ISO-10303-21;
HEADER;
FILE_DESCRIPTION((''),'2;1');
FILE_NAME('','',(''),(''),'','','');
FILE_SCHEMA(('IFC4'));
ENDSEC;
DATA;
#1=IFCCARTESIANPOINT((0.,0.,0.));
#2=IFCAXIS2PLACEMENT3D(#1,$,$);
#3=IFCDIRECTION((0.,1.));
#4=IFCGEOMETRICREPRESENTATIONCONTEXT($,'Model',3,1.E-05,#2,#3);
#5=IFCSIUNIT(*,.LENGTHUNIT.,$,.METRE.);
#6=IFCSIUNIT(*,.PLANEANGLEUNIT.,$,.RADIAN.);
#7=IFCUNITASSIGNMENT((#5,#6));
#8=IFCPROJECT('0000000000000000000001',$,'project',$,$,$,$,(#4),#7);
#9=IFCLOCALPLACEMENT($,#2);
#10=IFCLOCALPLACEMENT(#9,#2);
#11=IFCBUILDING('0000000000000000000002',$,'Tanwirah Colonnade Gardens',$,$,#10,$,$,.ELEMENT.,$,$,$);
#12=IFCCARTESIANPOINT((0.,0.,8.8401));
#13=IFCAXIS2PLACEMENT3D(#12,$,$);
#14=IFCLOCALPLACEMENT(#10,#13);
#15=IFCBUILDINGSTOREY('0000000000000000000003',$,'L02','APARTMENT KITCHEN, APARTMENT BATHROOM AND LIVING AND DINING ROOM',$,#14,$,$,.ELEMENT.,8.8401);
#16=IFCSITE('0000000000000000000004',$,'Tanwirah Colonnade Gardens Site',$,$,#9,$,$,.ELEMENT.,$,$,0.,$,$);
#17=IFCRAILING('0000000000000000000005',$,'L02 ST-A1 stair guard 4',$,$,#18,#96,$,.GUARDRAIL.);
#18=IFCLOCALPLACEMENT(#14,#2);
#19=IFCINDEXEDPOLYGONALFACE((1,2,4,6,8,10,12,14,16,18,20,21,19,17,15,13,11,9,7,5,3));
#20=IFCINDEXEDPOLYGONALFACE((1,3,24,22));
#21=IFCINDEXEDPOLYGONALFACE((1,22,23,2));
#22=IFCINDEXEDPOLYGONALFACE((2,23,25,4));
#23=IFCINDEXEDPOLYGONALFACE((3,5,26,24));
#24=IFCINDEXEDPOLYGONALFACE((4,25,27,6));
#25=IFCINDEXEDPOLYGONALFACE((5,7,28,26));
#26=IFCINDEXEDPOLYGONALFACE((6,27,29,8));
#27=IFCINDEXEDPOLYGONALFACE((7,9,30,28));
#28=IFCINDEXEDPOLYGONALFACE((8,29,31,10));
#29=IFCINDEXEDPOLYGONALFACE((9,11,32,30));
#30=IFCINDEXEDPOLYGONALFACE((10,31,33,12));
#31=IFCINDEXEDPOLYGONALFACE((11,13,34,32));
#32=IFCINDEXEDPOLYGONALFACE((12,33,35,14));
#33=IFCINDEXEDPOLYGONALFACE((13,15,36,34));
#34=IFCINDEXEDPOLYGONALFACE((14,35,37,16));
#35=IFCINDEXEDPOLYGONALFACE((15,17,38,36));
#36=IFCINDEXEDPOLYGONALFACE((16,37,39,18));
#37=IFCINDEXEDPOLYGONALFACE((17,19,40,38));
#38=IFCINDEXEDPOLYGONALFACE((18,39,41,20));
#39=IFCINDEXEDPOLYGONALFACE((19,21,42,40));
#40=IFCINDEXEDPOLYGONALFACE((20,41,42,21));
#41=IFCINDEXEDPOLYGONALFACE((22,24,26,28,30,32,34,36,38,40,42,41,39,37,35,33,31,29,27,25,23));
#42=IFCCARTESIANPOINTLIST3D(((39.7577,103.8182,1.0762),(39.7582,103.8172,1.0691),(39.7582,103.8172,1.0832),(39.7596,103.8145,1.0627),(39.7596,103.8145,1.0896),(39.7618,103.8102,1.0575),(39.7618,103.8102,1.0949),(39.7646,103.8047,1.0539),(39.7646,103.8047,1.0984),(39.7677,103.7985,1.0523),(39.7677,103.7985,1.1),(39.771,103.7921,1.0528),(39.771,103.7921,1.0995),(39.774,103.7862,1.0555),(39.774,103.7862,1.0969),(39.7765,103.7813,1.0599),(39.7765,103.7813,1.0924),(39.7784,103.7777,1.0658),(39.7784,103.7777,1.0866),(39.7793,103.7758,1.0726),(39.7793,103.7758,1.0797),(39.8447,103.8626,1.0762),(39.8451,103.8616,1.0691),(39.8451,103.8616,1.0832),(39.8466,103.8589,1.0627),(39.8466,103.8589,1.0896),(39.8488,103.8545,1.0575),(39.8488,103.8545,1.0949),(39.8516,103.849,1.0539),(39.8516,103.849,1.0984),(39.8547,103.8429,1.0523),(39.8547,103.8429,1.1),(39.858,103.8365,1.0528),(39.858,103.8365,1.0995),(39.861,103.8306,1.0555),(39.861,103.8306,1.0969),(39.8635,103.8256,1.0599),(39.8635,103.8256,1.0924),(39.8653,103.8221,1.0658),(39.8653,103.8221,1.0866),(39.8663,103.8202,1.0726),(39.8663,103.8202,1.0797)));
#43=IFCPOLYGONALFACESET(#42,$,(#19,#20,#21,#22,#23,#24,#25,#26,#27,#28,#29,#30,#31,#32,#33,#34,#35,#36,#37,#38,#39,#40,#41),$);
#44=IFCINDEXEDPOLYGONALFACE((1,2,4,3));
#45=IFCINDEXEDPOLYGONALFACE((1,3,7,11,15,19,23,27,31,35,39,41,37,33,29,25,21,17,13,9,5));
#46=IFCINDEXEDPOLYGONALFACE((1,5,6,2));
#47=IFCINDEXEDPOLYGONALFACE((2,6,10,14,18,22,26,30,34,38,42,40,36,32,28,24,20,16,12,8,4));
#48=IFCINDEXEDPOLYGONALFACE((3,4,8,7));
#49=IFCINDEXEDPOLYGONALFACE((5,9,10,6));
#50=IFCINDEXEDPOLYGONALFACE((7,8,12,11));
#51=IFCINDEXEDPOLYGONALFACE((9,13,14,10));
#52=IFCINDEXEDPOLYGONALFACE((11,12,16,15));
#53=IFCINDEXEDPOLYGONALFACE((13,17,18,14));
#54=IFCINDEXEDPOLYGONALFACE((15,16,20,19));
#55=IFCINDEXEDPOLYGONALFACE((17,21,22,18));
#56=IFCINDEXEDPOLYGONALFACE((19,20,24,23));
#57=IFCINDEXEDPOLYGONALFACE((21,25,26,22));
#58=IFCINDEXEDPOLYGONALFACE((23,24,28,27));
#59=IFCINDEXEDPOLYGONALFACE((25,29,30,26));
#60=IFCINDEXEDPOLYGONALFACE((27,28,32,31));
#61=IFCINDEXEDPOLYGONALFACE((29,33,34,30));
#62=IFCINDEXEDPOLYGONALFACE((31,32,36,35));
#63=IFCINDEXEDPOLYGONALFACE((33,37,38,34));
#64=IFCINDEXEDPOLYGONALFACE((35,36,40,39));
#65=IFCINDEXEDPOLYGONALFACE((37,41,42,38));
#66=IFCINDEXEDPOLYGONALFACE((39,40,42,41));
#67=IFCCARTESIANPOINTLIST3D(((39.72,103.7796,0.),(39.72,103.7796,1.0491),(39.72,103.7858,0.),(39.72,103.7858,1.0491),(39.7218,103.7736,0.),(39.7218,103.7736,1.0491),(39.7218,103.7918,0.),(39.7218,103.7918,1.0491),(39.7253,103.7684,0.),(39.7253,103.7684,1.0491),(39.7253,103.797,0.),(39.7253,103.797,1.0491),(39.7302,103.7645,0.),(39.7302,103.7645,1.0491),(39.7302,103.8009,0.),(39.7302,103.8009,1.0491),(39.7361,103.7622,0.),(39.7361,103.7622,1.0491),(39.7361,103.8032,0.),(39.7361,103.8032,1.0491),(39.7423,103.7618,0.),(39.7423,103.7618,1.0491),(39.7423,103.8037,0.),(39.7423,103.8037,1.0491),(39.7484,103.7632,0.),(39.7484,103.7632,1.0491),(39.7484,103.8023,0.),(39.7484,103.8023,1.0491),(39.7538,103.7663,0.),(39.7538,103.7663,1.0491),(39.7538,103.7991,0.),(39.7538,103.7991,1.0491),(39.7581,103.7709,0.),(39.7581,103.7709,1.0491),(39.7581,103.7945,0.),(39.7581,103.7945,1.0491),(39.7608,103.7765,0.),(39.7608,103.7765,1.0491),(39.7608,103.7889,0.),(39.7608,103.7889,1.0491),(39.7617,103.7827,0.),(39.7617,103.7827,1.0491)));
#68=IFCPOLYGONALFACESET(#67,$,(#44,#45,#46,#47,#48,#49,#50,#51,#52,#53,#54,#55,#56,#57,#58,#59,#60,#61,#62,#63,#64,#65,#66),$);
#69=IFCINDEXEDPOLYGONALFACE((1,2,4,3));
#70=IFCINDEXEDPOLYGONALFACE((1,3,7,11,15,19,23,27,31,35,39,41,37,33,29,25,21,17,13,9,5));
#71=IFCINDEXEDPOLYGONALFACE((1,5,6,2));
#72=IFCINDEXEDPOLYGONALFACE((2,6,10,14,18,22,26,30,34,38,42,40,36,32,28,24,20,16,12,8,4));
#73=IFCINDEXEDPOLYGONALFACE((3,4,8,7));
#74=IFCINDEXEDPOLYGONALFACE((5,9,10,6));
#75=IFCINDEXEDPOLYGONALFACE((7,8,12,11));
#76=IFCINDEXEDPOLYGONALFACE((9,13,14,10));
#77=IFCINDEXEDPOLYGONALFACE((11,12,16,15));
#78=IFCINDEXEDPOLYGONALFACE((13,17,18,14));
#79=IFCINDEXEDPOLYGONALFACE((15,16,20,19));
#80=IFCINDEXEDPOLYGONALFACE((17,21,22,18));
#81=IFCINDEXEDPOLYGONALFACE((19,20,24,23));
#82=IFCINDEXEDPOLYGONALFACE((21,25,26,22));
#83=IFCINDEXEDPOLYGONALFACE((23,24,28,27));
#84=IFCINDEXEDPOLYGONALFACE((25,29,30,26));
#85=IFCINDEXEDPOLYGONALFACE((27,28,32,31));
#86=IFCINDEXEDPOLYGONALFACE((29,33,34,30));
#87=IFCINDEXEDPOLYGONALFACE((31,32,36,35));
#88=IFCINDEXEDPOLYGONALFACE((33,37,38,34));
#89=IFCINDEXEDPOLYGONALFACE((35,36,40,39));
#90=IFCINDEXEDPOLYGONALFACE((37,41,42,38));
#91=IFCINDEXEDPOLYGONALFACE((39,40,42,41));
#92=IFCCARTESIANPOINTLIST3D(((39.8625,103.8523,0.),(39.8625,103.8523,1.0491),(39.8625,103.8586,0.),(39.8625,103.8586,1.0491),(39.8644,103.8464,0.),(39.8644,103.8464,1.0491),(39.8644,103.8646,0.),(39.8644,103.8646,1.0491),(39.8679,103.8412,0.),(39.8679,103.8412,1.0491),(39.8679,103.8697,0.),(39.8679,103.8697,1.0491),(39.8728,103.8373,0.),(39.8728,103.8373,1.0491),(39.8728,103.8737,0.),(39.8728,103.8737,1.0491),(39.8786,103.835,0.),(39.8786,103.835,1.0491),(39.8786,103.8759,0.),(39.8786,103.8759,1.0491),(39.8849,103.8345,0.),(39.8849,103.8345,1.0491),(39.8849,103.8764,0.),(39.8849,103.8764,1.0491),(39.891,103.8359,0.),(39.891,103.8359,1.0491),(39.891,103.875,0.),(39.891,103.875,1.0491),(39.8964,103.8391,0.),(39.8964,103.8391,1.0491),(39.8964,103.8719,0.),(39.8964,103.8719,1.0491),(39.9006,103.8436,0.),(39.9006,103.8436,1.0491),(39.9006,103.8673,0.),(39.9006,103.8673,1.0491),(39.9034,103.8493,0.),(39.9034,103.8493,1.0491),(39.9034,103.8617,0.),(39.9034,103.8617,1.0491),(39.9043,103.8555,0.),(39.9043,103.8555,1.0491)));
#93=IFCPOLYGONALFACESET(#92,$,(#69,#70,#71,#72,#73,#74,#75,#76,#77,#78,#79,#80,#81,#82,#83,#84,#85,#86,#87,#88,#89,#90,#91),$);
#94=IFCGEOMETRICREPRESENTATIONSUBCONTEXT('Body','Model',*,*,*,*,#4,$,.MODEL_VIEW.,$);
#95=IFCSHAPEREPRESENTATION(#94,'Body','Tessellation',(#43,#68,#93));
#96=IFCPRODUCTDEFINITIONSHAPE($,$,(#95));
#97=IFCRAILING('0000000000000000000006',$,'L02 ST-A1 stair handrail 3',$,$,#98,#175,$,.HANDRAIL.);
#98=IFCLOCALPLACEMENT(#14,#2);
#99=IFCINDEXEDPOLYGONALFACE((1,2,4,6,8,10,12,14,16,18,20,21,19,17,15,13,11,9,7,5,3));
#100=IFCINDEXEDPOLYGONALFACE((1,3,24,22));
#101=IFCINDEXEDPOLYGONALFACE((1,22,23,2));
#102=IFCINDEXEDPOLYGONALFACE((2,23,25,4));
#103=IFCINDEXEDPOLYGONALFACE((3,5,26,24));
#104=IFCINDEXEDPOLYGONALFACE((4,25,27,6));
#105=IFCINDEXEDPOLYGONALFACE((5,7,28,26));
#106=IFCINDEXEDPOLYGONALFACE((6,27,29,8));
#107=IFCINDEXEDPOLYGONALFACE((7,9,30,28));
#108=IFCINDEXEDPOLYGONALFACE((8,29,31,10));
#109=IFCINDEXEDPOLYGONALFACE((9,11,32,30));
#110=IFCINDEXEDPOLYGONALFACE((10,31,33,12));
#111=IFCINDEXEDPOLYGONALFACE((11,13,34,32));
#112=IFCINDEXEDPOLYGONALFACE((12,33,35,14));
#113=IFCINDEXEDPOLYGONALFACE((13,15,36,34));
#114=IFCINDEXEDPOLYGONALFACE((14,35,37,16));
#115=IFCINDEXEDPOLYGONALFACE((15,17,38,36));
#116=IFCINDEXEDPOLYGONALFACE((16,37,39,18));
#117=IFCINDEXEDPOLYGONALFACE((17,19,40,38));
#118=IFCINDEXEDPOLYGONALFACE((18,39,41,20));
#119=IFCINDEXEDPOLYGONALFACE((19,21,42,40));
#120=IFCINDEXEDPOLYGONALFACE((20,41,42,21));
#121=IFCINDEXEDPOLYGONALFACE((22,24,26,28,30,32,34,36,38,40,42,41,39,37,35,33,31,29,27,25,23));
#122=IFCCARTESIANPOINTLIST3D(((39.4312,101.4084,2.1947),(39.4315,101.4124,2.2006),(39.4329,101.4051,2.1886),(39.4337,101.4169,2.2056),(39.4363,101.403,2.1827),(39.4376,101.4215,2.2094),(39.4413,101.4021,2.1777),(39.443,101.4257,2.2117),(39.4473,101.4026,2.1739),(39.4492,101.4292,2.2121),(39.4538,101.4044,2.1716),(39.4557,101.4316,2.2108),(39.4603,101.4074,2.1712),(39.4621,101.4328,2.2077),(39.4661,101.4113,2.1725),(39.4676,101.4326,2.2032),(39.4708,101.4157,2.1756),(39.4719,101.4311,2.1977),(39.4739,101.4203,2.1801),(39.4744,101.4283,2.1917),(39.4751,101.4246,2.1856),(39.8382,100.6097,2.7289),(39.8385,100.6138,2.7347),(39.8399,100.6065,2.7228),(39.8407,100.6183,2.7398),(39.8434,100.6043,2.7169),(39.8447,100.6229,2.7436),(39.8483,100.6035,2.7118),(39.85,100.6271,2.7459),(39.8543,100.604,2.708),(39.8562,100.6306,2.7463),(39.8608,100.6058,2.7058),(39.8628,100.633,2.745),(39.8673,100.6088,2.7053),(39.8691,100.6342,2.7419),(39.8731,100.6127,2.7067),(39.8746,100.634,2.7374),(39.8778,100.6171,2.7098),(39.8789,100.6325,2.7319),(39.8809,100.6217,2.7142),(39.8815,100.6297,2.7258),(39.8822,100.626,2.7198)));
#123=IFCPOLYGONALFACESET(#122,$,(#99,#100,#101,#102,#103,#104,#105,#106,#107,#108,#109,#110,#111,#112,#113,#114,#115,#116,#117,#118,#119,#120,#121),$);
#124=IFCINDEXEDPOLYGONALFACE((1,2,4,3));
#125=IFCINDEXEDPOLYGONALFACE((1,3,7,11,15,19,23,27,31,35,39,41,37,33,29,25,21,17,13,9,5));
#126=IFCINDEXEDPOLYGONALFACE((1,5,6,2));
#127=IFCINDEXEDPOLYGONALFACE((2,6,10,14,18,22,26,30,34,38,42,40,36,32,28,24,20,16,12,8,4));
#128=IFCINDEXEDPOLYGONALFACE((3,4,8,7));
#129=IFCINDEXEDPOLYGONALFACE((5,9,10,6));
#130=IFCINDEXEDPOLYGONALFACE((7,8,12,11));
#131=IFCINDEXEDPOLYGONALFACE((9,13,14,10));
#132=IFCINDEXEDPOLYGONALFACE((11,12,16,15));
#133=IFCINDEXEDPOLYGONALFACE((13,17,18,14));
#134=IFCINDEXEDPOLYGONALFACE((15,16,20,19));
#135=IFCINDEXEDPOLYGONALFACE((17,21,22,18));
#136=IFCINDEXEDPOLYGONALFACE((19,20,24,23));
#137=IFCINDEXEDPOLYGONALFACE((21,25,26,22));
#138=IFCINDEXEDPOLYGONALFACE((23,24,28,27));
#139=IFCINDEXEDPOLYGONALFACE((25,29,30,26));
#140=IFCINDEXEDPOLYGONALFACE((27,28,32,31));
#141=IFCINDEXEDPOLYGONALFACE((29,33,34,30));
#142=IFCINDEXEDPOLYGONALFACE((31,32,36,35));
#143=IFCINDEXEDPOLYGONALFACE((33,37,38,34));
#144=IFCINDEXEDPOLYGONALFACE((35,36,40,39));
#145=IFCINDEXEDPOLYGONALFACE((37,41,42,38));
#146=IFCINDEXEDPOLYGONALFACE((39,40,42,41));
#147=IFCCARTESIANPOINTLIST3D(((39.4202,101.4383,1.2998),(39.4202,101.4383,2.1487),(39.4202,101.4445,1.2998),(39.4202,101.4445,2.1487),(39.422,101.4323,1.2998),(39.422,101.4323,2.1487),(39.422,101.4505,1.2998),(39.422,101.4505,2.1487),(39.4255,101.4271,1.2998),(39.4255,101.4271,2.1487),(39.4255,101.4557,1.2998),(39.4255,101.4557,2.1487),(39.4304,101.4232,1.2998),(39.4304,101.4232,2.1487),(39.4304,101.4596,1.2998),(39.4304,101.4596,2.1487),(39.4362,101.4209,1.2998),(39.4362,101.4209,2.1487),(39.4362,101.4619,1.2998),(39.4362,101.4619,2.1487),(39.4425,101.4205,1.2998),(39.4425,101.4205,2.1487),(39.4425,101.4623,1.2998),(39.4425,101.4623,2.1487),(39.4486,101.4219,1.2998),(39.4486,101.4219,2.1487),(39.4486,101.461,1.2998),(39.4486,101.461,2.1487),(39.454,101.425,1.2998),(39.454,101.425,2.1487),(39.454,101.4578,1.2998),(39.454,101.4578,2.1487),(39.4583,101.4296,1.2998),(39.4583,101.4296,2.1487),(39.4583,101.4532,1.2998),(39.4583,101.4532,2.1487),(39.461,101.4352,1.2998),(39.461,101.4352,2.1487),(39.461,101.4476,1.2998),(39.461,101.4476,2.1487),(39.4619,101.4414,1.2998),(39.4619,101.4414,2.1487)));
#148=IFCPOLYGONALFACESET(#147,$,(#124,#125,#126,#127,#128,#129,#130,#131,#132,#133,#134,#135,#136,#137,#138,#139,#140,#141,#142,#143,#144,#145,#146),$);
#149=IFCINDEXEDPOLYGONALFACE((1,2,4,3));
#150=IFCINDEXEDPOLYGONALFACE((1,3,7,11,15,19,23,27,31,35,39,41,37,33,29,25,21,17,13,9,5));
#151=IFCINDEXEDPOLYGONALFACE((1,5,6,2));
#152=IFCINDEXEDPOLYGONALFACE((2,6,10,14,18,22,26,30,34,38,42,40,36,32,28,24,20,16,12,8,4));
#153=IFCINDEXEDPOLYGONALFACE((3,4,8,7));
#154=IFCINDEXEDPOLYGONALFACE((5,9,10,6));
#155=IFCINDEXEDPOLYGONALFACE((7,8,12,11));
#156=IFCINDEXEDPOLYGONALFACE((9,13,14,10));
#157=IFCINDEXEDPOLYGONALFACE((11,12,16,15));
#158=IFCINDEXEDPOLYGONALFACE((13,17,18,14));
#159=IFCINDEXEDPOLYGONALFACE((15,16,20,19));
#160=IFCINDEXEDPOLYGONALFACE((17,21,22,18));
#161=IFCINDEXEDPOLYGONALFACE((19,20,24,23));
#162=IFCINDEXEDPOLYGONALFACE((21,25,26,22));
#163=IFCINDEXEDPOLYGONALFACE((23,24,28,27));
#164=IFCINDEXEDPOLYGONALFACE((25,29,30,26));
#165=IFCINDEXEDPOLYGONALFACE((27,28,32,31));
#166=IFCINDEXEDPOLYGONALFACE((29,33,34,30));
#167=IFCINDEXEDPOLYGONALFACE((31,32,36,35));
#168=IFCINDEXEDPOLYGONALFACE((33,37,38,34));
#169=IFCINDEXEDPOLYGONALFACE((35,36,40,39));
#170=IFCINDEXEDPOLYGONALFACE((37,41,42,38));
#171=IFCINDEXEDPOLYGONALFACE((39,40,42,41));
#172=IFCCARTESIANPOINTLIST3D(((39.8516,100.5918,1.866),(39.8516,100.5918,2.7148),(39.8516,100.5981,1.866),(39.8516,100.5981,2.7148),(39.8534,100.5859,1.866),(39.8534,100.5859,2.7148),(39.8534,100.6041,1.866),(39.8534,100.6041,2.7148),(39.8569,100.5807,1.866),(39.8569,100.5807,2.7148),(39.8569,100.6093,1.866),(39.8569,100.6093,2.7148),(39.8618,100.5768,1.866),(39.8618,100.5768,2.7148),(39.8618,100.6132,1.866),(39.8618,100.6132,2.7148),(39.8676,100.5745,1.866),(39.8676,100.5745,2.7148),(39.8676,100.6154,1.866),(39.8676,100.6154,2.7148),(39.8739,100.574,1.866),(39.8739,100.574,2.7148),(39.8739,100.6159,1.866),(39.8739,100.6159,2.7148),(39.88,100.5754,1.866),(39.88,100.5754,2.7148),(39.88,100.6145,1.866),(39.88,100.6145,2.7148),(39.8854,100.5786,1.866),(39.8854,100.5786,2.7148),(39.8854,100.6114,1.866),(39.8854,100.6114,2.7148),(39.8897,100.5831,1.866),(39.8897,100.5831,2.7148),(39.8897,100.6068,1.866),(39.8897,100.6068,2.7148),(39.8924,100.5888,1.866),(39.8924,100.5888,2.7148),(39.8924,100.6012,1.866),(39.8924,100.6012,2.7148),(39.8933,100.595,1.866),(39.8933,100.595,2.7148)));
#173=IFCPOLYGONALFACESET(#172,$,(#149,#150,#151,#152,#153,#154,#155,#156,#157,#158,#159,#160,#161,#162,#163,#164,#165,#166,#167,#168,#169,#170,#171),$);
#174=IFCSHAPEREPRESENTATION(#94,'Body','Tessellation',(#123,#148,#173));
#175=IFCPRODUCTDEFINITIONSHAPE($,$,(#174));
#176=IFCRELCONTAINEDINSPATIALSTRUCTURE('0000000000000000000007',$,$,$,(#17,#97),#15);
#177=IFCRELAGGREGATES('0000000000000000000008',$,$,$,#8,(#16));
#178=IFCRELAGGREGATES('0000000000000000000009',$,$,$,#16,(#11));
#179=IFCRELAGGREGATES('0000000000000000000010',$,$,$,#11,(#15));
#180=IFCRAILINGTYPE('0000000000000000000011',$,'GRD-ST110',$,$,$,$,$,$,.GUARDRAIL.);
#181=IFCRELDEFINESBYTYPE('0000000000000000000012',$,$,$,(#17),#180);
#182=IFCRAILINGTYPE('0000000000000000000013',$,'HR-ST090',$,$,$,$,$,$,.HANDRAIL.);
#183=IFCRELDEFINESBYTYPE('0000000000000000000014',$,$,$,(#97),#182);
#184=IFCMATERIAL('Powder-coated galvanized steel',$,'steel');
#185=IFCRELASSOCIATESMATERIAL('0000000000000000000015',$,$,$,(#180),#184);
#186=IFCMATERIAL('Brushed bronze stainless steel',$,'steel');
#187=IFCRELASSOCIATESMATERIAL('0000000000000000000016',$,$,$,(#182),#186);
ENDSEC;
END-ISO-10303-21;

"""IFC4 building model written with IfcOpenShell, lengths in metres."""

from ifc_helpers import new_model, si_unit, direction, frame, origin, origin_2d, place, context, subcontext, project, spatial, circle, extrude, material, type_object, element, save


model = new_model("IFC4")

# Units and contexts
model_context = context("Model", 3, precision=1e-05, world=origin(), true_north=direction((0.0, 1.0)))
body_context = subcontext(model_context, "Body", "Model", "MODEL_VIEW")
ifc_project = project(units=[si_unit("LENGTHUNIT", "METRE"), si_unit("PLANEANGLEUNIT", "RADIAN")], contexts=[model_context])

# Site, building, storey
site_placement = place(None, origin())
site = spatial("IfcSite", under=ifc_project, at=site_placement, Name="Tanwirah Colonnade Gardens Site", CompositionType="ELEMENT", RefElevation=0.0)
building_placement = place(site_placement, origin())
building = spatial("IfcBuilding", under=site, at=building_placement, Name="Tanwirah Colonnade Gardens", CompositionType="ELEMENT")
storey_placement = place(building_placement, frame((0.0, 0.0, 8.8401)))
storey = spatial("IfcBuildingStorey", under=building, at=storey_placement, Name="L02", Description="APARTMENT KITCHEN, APARTMENT BATHROOM AND LIVING AND DINING ROOM", CompositionType="ELEMENT", Elevation=8.8401)

# Railings
ifc_material_1 = material(Name="Powder-coated galvanized steel", Category="steel")
railing_type_1 = type_object("IfcRailingType", Name="GRD-ST110", PredefinedType="GUARDRAIL", material=ifc_material_1)
railing_1_placement = place(storey_placement, frame((39.7407, 103.7827, 0.0)))
element("IfcRailing", 1, at=railing_1_placement, inside=storey, type_object=railing_type_1, Name="L02 ST-A1 stair guard 4", PredefinedType="GUARDRAIL", context=body_context, shape_type="SweptSolid", body=[
    extrude(circle(Radius=0.0239, at=origin_2d()), frame((0.0278, 0.0142, 1.0762), z_axis=(0.890737, 0.45452, 0.0), x_axis=(-0.45452, 0.890737, 0.0)), (0.0, 0.0, 1.0), 0.0977),
    extrude(circle(Radius=0.021, at=origin_2d()), origin(), (0.0, 0.0, 1.0), 1.0491),
    extrude(circle(Radius=0.021, at=origin_2d()), frame((0.1426, 0.0728, 0.0)), (0.0, 0.0, 1.0), 1.0491),
])
ifc_material_2 = material(Name="Brushed bronze stainless steel", Category="steel")
railing_type_2 = type_object("IfcRailingType", Name="HR-ST090", PredefinedType="HANDRAIL", material=ifc_material_2)
railing_2_placement = place(storey_placement, frame((39.4409, 101.4414, 1.2998)))
element("IfcRailing", 2, at=railing_2_placement, inside=storey, type_object=railing_type_2, Name="L02 ST-A1 stair handrail 3", PredefinedType="HANDRAIL", context=body_context, shape_type="SweptSolid", body=[
    extrude(circle(Radius=0.0239, at=origin_2d()), frame((0.0122, -0.0239, 0.8918), z_axis=(0.390073, -0.765356, 0.51193), x_axis=(0.890957, 0.454087, 0.0)), (0.0, 0.0, 1.0), 1.0435),
    extrude(circle(Radius=0.021, at=origin_2d()), origin(), (0.0, 0.0, 1.0), 0.8489),
    extrude(circle(Radius=0.021, at=origin_2d()), frame((0.4314, -0.8464, 0.5662)), (0.0, 0.0, 1.0), 0.8489),
])

save(model, "model.ifc")
